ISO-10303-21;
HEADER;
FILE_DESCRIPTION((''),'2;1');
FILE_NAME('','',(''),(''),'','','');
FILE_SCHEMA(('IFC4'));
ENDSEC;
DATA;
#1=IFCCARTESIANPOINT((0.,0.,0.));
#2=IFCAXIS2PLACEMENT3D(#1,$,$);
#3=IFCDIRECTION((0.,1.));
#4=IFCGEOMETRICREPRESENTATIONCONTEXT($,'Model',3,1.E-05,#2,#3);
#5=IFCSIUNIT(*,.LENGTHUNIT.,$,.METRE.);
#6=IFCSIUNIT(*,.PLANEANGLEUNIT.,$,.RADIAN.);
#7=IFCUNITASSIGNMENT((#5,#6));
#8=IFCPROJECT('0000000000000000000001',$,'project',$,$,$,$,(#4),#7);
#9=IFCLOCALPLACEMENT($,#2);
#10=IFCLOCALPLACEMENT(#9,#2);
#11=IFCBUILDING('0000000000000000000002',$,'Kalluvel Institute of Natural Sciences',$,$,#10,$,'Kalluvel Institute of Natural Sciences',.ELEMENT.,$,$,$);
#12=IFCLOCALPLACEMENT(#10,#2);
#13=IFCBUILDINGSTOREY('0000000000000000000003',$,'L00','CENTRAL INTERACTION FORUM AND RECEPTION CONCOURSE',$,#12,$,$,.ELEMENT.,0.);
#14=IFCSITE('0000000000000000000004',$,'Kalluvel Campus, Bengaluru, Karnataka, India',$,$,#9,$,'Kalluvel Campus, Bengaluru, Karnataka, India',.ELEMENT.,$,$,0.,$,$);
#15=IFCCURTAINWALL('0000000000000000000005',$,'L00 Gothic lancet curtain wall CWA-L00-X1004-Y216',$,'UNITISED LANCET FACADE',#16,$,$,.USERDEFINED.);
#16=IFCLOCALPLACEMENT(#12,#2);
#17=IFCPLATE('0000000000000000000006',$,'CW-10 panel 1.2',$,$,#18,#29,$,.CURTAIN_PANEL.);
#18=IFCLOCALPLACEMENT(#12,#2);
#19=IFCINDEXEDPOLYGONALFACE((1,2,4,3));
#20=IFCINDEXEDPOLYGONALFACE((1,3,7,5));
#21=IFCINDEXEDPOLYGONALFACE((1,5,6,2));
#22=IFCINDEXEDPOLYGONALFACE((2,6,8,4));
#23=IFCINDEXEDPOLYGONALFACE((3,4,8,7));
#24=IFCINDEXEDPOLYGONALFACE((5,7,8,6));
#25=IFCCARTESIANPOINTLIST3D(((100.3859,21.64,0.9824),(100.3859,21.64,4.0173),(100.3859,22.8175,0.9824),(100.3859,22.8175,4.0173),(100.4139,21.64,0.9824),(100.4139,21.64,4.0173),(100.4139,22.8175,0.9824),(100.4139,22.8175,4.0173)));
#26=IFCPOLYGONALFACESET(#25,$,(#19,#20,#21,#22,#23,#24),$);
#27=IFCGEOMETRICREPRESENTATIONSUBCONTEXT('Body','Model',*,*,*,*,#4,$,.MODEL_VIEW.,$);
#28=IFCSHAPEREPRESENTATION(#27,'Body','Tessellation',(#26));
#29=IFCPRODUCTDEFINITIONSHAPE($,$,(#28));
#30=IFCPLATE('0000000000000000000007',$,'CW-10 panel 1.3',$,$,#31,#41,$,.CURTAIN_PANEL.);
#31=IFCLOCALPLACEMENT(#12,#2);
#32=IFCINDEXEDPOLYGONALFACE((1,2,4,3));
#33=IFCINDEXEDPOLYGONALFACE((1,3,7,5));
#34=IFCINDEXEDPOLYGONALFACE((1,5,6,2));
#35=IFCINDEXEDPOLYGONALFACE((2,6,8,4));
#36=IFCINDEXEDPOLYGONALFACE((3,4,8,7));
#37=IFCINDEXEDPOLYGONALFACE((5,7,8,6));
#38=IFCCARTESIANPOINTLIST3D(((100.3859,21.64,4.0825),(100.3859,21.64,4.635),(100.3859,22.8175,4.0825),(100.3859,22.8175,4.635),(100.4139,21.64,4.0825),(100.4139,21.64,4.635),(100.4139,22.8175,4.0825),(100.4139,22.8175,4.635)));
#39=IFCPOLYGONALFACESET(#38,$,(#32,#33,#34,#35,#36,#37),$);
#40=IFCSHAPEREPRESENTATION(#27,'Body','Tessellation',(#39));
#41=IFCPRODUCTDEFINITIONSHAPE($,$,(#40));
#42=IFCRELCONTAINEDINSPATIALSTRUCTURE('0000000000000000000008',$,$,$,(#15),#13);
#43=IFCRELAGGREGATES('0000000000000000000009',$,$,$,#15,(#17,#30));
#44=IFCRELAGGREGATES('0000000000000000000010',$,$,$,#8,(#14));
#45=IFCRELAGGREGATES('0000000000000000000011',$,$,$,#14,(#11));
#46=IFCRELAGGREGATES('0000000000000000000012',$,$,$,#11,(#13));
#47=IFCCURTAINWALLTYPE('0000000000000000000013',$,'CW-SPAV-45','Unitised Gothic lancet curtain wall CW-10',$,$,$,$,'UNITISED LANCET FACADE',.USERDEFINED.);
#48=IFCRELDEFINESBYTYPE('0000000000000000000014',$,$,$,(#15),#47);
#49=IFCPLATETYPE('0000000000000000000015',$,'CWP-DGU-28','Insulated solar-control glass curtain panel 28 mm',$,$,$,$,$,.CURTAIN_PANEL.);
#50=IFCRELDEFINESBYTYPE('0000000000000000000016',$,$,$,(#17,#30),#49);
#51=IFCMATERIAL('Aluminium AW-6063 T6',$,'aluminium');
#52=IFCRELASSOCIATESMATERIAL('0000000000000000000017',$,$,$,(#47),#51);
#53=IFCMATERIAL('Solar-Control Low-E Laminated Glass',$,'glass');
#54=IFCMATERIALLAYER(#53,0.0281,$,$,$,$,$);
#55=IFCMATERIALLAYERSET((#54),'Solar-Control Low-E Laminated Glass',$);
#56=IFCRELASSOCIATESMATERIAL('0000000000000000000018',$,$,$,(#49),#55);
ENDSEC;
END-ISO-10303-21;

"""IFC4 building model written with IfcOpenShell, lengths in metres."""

from ifc_helpers import new_model, si_unit, direction, frame, origin, origin_2d, place, context, subcontext, project, spatial, rectangle, extrude, material, layer, layer_set, type_object, element, aggregate, save


model = new_model("IFC4")

# Units and contexts
model_context = context("Model", 3, precision=1e-05, world=origin(), true_north=direction((0.0, 1.0)))
body_context = subcontext(model_context, "Body", "Model", "MODEL_VIEW")
ifc_project = project(units=[si_unit("LENGTHUNIT", "METRE"), si_unit("PLANEANGLEUNIT", "RADIAN")], contexts=[model_context])

# Site, building, storey
site_placement = place(None, origin())
site = spatial("IfcSite", under=ifc_project, at=site_placement, Name="Kalluvel Campus, Bengaluru, Karnataka, India", LongName="Kalluvel Campus, Bengaluru, Karnataka, India", CompositionType="ELEMENT", RefElevation=0.0)
building_placement = place(site_placement, origin())
building = spatial("IfcBuilding", under=site, at=building_placement, Name="Kalluvel Institute of Natural Sciences", LongName="Kalluvel Institute of Natural Sciences", CompositionType="ELEMENT")
storey_placement = place(building_placement, origin())
storey = spatial("IfcBuildingStorey", under=building, at=storey_placement, Name="L00", Description="CENTRAL INTERACTION FORUM AND RECEPTION CONCOURSE", CompositionType="ELEMENT", Elevation=0.0)

# Curtain wall
ifc_material_1 = material(Name="Aluminium AW-6063 T6", Category="aluminium")
curtain_wall_type = type_object("IfcCurtainWallType", Name="CW-SPAV-45", Description="Unitised Gothic lancet curtain wall CW-10", ElementType="UNITISED LANCET FACADE", PredefinedType="USERDEFINED", material=ifc_material_1)
curtain_wall_1_placement = place(storey_placement, origin())
curtain_wall_1 = element("IfcCurtainWall", 1, at=curtain_wall_1_placement, inside=storey, type_object=curtain_wall_type, Name="L00 Gothic lancet curtain wall CWA-L00-X1004-Y216", ObjectType="UNITISED LANCET FACADE", PredefinedType="USERDEFINED")

# Plates
ifc_material_2 = material(Name="Solar-Control Low-E Laminated Glass", Category="glass")
ifc_layer = layer(ifc_material_2, 0.0281)
ifc_layer_set = layer_set([ifc_layer], Name="Solar-Control Low-E Laminated Glass")
plate_type = type_object("IfcPlateType", Name="CWP-DGU-28", Description="Insulated solar-control glass curtain panel 28 mm", PredefinedType="CURTAIN_PANEL", material=ifc_layer_set)
plate_1_placement = place(storey_placement, frame((100.3999, 22.2288, 0.9824), z_axis=(0.0, 0.0, 1.0), x_axis=(0.0, 1.0, 0.0)))
plate_1 = element("IfcPlate", 2, at=plate_1_placement, type_object=plate_type, Name="CW-10 panel 1.2", PredefinedType="CURTAIN_PANEL", context=body_context, shape_type="SweptSolid", body=[
    extrude(rectangle(XDim=1.1775, YDim=0.0281, at=origin_2d()), origin(), (0.0, 0.0, 1.0), 3.0349),
])
plate_2_placement = place(storey_placement, frame((100.3999, 22.2288, 4.0825), z_axis=(0.0, 0.0, 1.0), x_axis=(0.0, 1.0, 0.0)))
plate_2 = element("IfcPlate", 3, at=plate_2_placement, type_object=plate_type, Name="CW-10 panel 1.3", PredefinedType="CURTAIN_PANEL", context=body_context, shape_type="SweptSolid", body=[
    extrude(rectangle(XDim=1.1775, YDim=0.0281, at=origin_2d()), origin(), (0.0, 0.0, 1.0), 0.5525),
])
aggregate(curtain_wall_1, [plate_1, plate_2])

save(model, "model.ifc")
